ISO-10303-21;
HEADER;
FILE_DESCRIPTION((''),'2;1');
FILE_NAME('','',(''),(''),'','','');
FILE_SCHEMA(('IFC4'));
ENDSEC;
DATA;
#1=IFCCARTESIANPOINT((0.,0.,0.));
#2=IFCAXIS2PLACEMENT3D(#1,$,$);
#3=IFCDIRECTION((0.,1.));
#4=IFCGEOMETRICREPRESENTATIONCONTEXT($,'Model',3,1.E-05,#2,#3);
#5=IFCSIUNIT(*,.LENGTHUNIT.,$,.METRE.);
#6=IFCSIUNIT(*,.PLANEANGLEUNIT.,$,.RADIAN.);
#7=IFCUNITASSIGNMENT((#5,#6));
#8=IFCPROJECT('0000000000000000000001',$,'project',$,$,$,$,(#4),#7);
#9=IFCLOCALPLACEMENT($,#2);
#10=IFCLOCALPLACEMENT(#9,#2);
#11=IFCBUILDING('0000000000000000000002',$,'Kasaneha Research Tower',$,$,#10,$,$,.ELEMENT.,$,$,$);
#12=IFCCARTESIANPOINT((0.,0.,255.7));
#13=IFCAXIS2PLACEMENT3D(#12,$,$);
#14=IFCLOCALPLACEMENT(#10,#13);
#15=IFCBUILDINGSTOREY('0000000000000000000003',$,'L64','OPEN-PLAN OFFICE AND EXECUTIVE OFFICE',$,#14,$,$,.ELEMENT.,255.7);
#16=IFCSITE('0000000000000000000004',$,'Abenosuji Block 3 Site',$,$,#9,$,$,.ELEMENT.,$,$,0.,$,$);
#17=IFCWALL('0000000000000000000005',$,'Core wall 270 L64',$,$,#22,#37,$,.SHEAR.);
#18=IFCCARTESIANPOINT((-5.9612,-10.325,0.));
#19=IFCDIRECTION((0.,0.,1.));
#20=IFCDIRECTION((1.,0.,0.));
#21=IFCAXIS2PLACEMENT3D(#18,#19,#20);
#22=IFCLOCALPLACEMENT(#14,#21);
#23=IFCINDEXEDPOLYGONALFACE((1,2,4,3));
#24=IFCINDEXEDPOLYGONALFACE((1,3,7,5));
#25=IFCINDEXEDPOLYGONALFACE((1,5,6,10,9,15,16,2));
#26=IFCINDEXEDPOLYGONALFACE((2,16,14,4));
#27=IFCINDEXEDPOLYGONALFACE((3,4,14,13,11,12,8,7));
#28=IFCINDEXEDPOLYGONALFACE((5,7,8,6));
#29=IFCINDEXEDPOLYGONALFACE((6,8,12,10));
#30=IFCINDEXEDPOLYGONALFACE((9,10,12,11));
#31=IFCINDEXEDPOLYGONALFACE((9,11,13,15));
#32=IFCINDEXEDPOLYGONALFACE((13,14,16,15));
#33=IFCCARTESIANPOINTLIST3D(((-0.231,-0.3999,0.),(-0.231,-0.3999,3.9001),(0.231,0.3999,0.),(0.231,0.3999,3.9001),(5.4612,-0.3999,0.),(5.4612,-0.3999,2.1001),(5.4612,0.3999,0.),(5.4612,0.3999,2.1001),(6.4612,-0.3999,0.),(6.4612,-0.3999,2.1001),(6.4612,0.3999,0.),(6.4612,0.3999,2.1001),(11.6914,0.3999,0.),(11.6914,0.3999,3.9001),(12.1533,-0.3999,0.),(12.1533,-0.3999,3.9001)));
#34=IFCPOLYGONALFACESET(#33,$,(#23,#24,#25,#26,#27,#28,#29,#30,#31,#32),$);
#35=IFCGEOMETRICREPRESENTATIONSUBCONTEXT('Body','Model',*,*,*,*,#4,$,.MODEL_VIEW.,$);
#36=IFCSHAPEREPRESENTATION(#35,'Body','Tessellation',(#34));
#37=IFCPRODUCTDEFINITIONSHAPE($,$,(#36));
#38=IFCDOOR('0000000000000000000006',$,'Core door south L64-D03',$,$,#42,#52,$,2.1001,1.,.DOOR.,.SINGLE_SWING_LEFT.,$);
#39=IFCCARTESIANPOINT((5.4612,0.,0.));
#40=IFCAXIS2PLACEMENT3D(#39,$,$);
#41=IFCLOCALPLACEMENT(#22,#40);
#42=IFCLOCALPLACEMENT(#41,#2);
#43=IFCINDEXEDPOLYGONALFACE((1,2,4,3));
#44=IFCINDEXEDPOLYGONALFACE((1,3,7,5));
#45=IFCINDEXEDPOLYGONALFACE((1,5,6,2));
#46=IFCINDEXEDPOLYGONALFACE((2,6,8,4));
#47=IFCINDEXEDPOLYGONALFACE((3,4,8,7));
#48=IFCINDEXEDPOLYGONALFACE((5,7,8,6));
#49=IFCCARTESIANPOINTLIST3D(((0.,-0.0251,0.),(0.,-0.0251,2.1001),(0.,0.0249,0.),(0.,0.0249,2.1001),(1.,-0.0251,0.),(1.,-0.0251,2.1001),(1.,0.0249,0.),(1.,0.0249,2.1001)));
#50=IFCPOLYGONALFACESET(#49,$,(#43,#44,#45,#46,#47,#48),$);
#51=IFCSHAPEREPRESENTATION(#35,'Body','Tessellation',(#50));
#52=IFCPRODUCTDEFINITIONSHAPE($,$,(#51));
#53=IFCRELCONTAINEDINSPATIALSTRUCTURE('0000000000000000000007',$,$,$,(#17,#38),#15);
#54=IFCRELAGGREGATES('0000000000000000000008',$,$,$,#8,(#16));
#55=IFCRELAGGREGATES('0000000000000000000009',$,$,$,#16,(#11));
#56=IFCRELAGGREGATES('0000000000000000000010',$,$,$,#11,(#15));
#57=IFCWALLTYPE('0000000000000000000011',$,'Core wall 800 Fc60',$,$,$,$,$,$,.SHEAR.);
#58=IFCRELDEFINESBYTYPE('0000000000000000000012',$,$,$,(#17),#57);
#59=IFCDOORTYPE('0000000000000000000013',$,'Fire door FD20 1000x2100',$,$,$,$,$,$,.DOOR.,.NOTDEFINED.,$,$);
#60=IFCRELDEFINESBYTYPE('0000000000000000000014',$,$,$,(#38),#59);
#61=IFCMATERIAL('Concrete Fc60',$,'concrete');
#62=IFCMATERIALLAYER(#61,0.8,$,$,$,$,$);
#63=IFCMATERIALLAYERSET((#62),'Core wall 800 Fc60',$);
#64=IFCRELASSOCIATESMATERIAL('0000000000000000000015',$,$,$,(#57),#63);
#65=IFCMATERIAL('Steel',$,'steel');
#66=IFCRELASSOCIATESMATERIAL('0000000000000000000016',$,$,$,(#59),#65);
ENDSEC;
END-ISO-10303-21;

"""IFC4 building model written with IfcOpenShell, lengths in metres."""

from ifc_helpers import new_model, si_unit, direction, frame, frame_2d, origin, place, context, subcontext, project, spatial, polyline, rectangle, outline, extrude, material, layer, layer_set, type_object, element, fill, save


model = new_model("IFC4")

# Units and contexts
model_context = context("Model", 3, precision=1e-05, world=origin(), true_north=direction((0.0, 1.0)))
body_context = subcontext(model_context, "Body", "Model", "MODEL_VIEW")
ifc_project = project(units=[si_unit("LENGTHUNIT", "METRE"), si_unit("PLANEANGLEUNIT", "RADIAN")], contexts=[model_context])

# Site, building, storey
site_placement = place(None, origin())
site = spatial("IfcSite", under=ifc_project, at=site_placement, Name="Abenosuji Block 3 Site", CompositionType="ELEMENT", RefElevation=0.0)
building_placement = place(site_placement, origin())
building = spatial("IfcBuilding", under=site, at=building_placement, Name="Kasaneha Research Tower", CompositionType="ELEMENT")
storey_placement = place(building_placement, frame((0.0, 0.0, 255.7)))
storey = spatial("IfcBuildingStorey", under=building, at=storey_placement, Name="L64", Description="OPEN-PLAN OFFICE AND EXECUTIVE OFFICE", CompositionType="ELEMENT", Elevation=255.7)

# Wall, opening, door
ifc_material_1 = material(Name="Concrete Fc60", Category="concrete")
ifc_layer_1 = layer(ifc_material_1, 0.8)
ifc_layer_set_1 = layer_set([ifc_layer_1], Name="Core wall 800 Fc60")
wall_type_1 = type_object("IfcWallType", Name="Core wall 800 Fc60", PredefinedType="SHEAR", material=ifc_layer_set_1)
wall_1_placement = place(storey_placement, frame((-5.9612, -10.325, 0.0), z_axis=(0.0, 0.0, 1.0), x_axis=(1.0, 0.0, 0.0)))
wall_1 = element("IfcWall", 1, at=wall_1_placement, inside=storey, type_object=wall_type_1, Name="Core wall 270 L64", PredefinedType="SHEAR", context=body_context, shape_type="SweptSolid", body=[
    extrude(outline(polyline([(-0.231, -0.3999), (5.4612, -0.3999), (6.4612, -0.3999), (12.1533, -0.3999), (11.6914, 0.3999), (6.4612, 0.3999), (5.4612, 0.3999), (0.231, 0.3999), (-0.231, -0.3999)])), origin(), (0.0, 0.0, 1.0), 3.9001),
])
opening_1_placement = place(wall_1_placement, frame((5.4612, 0.0, 0.0)))
opening_1 = element("IfcOpeningElement", 2, at=opening_1_placement, cuts=wall_1, PredefinedType="OPENING", context=body_context, shape_type="SweptSolid", body=[
    extrude(rectangle(XDim=1.0, YDim=2.1001, at=frame_2d((0.5, 1.05))), frame((0.0, 0.4102, 0.0), z_axis=(0.0, -1.0, 0.0), x_axis=(1.0, 0.0, 0.0)), (0.0, 0.0, 1.0), 0.8201),
])
ifc_material_2 = material(Name="Steel", Category="steel")
door_type_1 = type_object("IfcDoorType", Name="Fire door FD20 1000x2100", OperationType="NOTDEFINED", PredefinedType="DOOR", material=ifc_material_2)
door_1_placement = place(opening_1_placement, origin())
door_1 = element("IfcDoor", 3, at=door_1_placement, inside=storey, type_object=door_type_1, Name="Core door south L64-D03", OperationType="SINGLE_SWING_LEFT", OverallHeight=2.1001, OverallWidth=1.0, PredefinedType="DOOR", context=body_context, shape_type="SweptSolid", body=[
    extrude(rectangle(XDim=1.0, YDim=2.1001, at=frame_2d((0.5, 1.05))), frame((0.0, 0.0249, 0.0), z_axis=(0.0, -1.0, 0.0), x_axis=(1.0, 0.0, 0.0)), (0.0, 0.0, 1.0), 0.05),
])
fill(opening_1, door_1)

save(model, "model.ifc")
